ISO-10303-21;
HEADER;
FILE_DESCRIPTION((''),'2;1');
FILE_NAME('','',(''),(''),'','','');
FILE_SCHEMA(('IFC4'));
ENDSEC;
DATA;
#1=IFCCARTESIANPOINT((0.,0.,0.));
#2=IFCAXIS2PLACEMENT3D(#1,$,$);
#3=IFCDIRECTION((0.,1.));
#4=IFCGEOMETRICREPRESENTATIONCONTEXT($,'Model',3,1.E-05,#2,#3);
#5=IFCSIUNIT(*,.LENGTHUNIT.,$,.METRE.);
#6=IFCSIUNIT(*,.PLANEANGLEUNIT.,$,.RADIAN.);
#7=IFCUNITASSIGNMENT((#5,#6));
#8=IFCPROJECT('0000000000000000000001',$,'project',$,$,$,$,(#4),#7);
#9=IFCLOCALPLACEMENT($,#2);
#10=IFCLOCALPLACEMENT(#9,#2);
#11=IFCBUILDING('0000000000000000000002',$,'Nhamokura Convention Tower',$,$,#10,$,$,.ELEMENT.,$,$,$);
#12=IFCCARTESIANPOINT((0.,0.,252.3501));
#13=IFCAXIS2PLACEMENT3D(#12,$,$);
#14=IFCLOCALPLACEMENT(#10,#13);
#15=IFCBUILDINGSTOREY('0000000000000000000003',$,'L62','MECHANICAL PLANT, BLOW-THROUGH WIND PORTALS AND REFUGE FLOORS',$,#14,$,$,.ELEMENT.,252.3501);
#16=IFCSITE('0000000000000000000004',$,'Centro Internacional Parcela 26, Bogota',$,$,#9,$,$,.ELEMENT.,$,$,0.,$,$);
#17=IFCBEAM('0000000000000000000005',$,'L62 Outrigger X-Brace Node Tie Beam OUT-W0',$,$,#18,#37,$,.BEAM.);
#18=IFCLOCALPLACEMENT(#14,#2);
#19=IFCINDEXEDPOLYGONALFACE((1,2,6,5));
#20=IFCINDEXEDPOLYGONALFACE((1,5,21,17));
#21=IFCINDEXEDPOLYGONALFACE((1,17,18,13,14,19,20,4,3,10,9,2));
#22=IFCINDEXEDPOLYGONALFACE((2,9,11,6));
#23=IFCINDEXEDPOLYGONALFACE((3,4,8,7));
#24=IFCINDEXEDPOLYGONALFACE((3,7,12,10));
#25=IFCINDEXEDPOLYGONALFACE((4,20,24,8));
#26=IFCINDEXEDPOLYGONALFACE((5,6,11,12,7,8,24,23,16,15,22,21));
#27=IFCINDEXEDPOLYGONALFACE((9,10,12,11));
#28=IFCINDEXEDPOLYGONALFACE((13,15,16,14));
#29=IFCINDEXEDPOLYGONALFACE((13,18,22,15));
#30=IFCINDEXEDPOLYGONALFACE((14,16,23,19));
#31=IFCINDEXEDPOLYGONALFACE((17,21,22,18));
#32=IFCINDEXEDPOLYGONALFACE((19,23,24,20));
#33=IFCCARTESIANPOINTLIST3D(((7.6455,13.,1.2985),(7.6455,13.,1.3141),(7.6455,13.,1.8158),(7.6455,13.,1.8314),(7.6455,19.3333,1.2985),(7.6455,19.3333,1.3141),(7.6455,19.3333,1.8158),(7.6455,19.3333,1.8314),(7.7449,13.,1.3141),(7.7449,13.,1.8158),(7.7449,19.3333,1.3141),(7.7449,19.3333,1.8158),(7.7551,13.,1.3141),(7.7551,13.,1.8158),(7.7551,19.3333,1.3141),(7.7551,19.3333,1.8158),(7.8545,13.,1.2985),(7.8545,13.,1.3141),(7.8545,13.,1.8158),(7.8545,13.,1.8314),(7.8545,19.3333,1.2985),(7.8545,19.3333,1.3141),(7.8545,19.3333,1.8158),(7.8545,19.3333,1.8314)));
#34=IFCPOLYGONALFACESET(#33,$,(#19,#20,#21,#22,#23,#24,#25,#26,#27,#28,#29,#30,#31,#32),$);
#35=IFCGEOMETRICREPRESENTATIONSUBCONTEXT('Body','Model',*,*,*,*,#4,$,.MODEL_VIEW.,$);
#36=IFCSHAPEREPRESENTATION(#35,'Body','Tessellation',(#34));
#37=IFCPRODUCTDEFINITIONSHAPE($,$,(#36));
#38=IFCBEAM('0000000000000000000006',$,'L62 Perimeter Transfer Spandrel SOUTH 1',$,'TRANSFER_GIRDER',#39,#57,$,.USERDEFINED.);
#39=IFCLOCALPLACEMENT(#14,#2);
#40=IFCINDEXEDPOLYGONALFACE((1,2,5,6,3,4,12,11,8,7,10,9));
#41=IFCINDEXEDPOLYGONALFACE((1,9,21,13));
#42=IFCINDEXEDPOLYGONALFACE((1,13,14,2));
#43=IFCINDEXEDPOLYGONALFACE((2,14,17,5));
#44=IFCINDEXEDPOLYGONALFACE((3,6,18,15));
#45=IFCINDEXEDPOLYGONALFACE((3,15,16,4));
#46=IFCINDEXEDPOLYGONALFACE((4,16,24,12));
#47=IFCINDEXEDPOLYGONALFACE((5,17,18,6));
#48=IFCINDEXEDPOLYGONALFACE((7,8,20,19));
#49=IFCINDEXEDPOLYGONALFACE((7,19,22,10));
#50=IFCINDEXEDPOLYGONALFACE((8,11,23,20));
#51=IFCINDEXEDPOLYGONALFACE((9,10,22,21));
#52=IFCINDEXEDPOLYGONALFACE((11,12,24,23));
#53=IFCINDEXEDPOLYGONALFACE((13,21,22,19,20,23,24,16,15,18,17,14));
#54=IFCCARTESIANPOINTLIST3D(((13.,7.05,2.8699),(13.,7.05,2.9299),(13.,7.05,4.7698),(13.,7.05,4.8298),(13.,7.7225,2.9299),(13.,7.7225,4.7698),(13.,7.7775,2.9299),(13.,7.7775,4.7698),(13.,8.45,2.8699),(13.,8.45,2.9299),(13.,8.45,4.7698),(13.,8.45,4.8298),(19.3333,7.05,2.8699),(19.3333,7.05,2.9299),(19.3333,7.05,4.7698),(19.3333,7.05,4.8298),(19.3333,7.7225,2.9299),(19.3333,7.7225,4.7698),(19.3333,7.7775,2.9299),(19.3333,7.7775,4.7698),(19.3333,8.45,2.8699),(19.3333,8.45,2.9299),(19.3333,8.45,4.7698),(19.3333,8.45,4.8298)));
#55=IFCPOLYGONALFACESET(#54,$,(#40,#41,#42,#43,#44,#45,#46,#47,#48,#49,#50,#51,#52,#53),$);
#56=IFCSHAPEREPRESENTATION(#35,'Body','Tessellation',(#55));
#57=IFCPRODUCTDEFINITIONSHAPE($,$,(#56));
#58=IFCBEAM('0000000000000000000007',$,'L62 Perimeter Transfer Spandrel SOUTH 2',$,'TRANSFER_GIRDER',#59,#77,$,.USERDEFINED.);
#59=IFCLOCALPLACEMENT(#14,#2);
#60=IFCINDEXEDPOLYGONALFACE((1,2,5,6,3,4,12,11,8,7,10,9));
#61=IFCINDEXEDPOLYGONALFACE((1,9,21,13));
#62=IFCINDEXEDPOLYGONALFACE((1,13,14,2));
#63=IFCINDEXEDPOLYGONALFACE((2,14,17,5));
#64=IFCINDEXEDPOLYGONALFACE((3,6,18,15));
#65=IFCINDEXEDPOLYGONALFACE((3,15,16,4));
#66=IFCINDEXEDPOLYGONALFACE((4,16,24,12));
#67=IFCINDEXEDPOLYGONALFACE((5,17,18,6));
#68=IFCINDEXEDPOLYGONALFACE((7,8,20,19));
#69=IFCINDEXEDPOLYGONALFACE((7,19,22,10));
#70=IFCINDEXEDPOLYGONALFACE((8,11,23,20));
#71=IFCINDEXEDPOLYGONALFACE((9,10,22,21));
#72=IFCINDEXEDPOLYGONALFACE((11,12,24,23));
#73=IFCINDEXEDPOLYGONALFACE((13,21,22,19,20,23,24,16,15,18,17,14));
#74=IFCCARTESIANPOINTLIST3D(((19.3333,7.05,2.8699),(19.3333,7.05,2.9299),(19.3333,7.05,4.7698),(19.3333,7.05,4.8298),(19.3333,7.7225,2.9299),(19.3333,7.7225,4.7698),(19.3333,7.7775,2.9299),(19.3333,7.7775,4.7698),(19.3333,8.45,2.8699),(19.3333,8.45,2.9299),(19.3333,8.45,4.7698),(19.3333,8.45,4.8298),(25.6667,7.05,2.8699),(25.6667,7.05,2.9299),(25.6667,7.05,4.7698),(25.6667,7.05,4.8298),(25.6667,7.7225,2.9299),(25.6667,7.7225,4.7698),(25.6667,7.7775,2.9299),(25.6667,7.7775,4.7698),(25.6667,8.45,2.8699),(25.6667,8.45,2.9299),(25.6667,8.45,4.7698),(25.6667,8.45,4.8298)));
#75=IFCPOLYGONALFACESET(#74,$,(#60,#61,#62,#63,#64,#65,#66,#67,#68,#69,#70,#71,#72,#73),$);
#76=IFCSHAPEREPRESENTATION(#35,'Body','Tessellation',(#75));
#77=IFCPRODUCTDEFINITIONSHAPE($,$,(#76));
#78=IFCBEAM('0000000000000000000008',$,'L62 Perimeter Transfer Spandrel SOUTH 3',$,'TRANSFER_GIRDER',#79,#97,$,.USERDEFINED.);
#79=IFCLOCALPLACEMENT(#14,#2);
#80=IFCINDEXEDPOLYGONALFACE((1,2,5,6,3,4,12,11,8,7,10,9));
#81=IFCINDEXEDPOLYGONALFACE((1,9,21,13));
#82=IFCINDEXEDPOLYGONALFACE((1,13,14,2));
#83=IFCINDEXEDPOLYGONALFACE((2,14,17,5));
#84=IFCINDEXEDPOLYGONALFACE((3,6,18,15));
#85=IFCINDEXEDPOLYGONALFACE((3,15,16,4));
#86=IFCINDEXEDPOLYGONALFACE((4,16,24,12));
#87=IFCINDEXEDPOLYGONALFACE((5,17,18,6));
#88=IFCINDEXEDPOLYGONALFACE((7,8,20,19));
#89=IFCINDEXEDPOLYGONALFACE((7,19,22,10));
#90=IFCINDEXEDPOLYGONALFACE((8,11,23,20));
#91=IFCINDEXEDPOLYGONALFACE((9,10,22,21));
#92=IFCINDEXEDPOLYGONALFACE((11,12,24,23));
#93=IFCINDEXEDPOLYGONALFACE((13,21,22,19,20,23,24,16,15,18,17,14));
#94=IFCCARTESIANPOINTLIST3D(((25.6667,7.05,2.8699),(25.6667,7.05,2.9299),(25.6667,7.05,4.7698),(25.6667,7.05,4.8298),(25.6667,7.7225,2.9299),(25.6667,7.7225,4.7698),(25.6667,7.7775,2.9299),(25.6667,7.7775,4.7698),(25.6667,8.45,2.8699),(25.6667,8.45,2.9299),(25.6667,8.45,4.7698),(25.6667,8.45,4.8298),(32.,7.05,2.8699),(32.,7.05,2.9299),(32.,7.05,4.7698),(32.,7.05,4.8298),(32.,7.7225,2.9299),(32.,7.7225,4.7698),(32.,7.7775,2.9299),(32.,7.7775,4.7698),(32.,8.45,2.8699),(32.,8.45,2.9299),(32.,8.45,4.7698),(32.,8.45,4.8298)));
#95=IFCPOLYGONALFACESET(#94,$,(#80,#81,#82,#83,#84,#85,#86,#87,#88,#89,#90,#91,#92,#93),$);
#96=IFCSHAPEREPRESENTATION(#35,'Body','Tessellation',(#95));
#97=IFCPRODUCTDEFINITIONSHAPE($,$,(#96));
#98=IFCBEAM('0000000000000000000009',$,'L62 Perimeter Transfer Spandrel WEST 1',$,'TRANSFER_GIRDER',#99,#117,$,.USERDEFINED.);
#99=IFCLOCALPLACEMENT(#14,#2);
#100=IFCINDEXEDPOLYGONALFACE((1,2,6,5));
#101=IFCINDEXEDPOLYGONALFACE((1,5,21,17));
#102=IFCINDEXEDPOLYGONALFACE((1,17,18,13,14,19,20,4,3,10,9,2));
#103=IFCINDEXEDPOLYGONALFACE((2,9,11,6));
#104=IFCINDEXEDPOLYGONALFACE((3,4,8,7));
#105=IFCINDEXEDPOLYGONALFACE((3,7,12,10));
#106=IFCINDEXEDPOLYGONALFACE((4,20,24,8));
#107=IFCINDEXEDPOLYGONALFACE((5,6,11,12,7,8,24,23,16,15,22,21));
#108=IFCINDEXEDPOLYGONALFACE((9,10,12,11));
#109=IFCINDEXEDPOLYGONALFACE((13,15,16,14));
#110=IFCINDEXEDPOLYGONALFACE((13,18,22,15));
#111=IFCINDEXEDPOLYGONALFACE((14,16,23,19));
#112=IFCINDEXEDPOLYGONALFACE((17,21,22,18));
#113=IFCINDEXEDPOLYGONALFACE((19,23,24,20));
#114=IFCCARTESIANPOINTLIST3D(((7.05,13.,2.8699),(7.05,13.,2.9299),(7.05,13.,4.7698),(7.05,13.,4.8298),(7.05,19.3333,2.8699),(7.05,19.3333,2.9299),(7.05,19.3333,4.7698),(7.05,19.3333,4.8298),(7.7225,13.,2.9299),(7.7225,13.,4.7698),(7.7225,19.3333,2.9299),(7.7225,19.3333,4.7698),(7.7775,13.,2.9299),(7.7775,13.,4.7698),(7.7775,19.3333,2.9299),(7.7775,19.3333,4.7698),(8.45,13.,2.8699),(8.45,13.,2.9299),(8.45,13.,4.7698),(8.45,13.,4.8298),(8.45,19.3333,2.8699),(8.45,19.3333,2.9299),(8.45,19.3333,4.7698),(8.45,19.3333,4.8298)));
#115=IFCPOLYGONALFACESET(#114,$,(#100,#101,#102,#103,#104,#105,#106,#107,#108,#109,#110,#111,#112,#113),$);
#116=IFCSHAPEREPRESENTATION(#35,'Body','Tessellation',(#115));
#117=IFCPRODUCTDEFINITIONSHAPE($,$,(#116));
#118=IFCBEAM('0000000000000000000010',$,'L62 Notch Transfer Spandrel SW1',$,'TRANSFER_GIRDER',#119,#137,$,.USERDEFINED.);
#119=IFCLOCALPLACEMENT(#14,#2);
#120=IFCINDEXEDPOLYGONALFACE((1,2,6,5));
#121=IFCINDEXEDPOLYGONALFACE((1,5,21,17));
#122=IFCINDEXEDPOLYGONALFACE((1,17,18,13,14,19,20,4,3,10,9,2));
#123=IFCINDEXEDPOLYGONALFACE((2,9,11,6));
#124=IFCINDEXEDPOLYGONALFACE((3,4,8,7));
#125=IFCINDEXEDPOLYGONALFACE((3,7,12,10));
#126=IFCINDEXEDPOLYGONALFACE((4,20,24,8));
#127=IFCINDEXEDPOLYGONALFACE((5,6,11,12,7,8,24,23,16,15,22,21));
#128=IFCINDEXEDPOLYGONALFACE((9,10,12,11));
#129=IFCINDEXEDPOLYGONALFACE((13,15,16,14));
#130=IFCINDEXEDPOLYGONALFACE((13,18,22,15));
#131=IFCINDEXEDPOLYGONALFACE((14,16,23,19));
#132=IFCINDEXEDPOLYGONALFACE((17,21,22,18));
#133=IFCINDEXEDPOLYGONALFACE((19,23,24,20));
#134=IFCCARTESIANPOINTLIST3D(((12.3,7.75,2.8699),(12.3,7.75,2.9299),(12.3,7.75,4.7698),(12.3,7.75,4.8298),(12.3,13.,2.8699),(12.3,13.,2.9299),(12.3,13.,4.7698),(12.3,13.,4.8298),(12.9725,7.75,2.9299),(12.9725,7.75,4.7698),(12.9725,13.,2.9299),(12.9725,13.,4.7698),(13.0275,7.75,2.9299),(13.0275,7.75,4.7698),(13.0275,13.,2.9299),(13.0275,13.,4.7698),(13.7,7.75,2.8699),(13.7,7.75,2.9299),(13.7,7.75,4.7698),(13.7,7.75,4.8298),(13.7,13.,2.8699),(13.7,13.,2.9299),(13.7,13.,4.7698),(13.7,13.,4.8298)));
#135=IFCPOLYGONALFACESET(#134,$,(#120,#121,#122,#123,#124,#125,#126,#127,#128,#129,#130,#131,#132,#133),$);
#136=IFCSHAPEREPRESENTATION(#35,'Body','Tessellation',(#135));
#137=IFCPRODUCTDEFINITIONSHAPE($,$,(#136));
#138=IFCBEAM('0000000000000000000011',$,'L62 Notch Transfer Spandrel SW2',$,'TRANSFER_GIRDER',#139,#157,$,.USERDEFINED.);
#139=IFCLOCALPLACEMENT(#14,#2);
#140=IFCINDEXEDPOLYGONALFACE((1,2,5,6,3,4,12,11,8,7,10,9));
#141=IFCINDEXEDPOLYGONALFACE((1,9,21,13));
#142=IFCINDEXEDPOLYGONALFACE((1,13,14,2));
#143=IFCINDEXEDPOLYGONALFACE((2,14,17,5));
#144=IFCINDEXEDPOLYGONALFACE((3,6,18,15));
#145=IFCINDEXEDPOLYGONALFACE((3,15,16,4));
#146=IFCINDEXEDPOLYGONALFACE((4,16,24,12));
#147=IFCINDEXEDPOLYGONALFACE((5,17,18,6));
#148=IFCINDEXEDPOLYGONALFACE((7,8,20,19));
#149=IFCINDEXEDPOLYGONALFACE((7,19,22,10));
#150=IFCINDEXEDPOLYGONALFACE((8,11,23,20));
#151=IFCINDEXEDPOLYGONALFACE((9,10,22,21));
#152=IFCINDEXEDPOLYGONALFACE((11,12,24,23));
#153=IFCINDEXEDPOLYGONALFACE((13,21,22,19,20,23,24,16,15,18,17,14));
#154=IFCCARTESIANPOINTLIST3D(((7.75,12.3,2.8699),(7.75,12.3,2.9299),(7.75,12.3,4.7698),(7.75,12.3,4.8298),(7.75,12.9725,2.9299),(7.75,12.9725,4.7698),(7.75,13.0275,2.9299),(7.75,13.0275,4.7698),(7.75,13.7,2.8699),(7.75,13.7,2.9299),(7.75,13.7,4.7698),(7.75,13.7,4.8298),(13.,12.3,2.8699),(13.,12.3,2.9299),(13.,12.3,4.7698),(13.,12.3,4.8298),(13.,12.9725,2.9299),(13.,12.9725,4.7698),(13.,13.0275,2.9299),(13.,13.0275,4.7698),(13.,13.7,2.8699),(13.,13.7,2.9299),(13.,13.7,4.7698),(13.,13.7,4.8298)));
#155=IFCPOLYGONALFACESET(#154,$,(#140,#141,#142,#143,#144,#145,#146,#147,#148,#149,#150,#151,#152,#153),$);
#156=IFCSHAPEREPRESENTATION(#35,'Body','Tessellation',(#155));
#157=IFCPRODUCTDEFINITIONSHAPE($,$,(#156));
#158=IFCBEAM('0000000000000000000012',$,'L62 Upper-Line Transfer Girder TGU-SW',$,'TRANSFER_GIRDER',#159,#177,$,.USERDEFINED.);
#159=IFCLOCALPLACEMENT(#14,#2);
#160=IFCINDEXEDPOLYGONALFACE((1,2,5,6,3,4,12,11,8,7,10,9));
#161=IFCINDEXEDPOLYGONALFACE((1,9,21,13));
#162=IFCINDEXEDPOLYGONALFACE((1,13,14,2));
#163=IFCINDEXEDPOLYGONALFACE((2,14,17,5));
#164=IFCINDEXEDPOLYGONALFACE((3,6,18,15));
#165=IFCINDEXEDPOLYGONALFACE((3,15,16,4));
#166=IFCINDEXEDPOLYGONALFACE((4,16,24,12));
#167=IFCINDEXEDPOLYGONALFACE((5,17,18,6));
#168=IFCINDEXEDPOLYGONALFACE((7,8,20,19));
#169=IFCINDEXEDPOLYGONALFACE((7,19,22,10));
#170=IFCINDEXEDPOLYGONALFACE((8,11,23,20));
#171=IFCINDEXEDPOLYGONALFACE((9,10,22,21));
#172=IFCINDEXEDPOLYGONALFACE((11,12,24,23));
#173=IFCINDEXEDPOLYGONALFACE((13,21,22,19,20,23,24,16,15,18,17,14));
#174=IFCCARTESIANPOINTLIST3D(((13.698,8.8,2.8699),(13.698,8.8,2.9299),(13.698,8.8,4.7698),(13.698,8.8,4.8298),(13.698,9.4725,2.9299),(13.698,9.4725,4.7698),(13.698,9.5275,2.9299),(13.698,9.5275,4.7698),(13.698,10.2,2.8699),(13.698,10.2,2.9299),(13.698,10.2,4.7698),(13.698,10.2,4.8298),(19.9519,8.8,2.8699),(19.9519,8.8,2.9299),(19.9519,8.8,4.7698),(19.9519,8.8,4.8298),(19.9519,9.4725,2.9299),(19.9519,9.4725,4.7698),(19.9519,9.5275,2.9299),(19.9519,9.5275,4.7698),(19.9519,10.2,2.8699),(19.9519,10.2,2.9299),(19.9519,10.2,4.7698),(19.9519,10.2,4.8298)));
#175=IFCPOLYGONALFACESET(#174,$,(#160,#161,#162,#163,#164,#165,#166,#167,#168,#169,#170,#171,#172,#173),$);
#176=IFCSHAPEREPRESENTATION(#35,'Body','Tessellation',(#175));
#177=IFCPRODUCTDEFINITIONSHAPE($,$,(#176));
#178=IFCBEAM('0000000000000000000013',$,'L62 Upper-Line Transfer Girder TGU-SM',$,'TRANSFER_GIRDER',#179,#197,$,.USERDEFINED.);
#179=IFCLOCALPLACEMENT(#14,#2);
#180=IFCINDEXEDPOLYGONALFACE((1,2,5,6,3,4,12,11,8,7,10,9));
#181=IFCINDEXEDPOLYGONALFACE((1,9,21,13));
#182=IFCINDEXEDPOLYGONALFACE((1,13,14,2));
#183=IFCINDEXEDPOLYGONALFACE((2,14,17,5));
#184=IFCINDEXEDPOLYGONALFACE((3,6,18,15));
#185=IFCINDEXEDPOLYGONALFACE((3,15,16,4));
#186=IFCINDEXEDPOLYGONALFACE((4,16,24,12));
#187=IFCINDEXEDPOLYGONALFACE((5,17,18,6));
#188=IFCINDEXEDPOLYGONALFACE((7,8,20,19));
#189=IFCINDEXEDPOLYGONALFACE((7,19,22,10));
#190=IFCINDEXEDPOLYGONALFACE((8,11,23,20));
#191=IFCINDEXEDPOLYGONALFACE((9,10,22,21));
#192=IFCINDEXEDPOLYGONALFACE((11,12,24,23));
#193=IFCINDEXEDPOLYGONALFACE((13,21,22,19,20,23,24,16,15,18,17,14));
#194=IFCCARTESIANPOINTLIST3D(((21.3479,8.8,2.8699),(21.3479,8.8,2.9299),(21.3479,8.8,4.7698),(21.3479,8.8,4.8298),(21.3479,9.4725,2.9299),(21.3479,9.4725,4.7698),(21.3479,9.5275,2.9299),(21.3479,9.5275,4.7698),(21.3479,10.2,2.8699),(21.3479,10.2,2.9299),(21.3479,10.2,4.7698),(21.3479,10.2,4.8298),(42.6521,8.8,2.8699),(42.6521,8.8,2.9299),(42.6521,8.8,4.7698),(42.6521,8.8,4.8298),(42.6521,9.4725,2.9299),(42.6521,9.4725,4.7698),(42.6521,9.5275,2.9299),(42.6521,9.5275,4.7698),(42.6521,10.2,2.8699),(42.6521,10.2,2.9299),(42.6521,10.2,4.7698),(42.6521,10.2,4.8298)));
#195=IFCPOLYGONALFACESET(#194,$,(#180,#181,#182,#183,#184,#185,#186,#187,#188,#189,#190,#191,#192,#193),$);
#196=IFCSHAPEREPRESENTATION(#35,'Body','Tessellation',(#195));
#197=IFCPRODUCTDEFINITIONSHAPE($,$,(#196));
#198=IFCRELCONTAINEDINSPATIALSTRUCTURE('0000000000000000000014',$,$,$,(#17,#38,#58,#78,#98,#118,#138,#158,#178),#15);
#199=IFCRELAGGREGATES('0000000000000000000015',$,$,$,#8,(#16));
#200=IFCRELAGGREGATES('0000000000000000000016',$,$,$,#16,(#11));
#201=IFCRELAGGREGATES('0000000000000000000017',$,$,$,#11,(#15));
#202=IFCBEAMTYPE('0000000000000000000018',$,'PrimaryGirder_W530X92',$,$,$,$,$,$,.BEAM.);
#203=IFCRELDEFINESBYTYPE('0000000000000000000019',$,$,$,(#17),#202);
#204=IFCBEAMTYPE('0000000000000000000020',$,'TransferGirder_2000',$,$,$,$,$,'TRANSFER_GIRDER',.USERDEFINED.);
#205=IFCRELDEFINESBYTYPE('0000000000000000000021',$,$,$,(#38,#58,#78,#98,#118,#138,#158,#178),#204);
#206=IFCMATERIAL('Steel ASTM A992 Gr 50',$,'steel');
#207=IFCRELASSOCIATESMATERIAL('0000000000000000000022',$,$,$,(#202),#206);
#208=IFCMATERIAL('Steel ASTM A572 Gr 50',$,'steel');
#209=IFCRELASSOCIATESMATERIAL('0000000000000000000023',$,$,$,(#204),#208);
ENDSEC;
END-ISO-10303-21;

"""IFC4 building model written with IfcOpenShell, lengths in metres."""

from ifc_helpers import new_model, si_unit, direction, frame, origin, origin_2d, place, context, subcontext, project, spatial, i_section, extrude, material, material_profile, profile_set, type_object, element, save


model = new_model("IFC4")

# Units and contexts
model_context = context("Model", 3, precision=1e-05, world=origin(), true_north=direction((0.0, 1.0)))
body_context = subcontext(model_context, "Body", "Model", "MODEL_VIEW")
ifc_project = project(units=[si_unit("LENGTHUNIT", "METRE"), si_unit("PLANEANGLEUNIT", "RADIAN")], contexts=[model_context])

# Site, building, storey
site_placement = place(None, origin())
site = spatial("IfcSite", under=ifc_project, at=site_placement, Name="Centro Internacional Parcela 26, Bogota", CompositionType="ELEMENT", RefElevation=0.0)
building_placement = place(site_placement, origin())
building = spatial("IfcBuilding", under=site, at=building_placement, Name="Nhamokura Convention Tower", CompositionType="ELEMENT")
storey_placement = place(building_placement, frame((0.0, 0.0, 252.3501)))
storey = spatial("IfcBuildingStorey", under=building, at=storey_placement, Name="L62", Description="MECHANICAL PLANT, BLOW-THROUGH WIND PORTALS AND REFUGE FLOORS", CompositionType="ELEMENT", Elevation=252.3501)

# Beams
ifc_material_1 = material(Name="Steel ASTM A992 Gr 50", Category="steel")
ifc_material_profile_1 = material_profile(ifc_material_1, i_section(OverallWidth=0.209, OverallDepth=0.533, WebThickness=0.0103, FlangeThickness=0.0156, at=origin_2d()))
ifc_profile_set_1 = profile_set([ifc_material_profile_1], Name="Steel ASTM A992 Gr 50")
beam_type_1 = type_object("IfcBeamType", Name="PrimaryGirder_W530X92", PredefinedType="BEAM", material=ifc_profile_set_1)
for number, where, z_axis, x_axis, name in (
    (1, (7.75, 13.0, 1.5649), (0.0, 1.0, 0.0), (-1.0, 0.0, 0.0), "L62 Outrigger X-Brace Node Tie Beam OUT-W0"),
):
    element("IfcBeam", number, at=place(storey_placement, frame(where, z_axis=z_axis, x_axis=x_axis)), inside=storey, type_object=beam_type_1, Name=name, PredefinedType="BEAM", context=body_context, shape_type="SweptSolid", body=[
        extrude(i_section(OverallWidth=0.209, OverallDepth=0.533, WebThickness=0.0103, FlangeThickness=0.0156, at=origin_2d()), origin(), (0.0, 0.0, 1.0), 6.3333),
    ])
ifc_material_2 = material(Name="Steel ASTM A572 Gr 50", Category="steel")
ifc_material_profile_2 = material_profile(ifc_material_2, i_section(OverallWidth=1.3999, OverallDepth=1.96, WebThickness=0.0549, FlangeThickness=0.0601, at=origin_2d()))
ifc_profile_set_2 = profile_set([ifc_material_profile_2], Name="Steel ASTM A572 Gr 50")
beam_type_2 = type_object("IfcBeamType", Name="TransferGirder_2000", ElementType="TRANSFER_GIRDER", PredefinedType="USERDEFINED", material=ifc_profile_set_2)
beam_1_placement = place(storey_placement, frame((13.0, 7.75, 3.8499), z_axis=(1.0, 0.0, 0.0), x_axis=(0.0, 1.0, 0.0)))
element("IfcBeam", 2, at=beam_1_placement, inside=storey, type_object=beam_type_2, Name="L62 Perimeter Transfer Spandrel SOUTH 1", ObjectType="TRANSFER_GIRDER", PredefinedType="USERDEFINED", context=body_context, shape_type="SweptSolid", body=[
    extrude(i_section(OverallWidth=1.3999, OverallDepth=1.96, WebThickness=0.0549, FlangeThickness=0.0601, at=origin_2d()), origin(), (0.0, 0.0, 1.0), 6.3333),
])
beam_2_placement = place(storey_placement, frame((19.3333, 7.75, 3.8499), z_axis=(1.0, 0.0, 0.0), x_axis=(0.0, 1.0, 0.0)))
element("IfcBeam", 3, at=beam_2_placement, inside=storey, type_object=beam_type_2, Name="L62 Perimeter Transfer Spandrel SOUTH 2", ObjectType="TRANSFER_GIRDER", PredefinedType="USERDEFINED", context=body_context, shape_type="SweptSolid", body=[
    extrude(i_section(OverallWidth=1.3999, OverallDepth=1.96, WebThickness=0.0549, FlangeThickness=0.0601, at=origin_2d()), origin(), (0.0, 0.0, 1.0), 6.3335),
])
for number, where, z_axis, x_axis, name in (
    (4, (25.6667, 7.75, 3.8499), (1.0, 0.0, 0.0), (0.0, 1.0, 0.0), "L62 Perimeter Transfer Spandrel SOUTH 3"),
    (5, (7.75, 13.0, 3.8499), (0.0, 1.0, 0.0), (-1.0, 0.0, 0.0), "L62 Perimeter Transfer Spandrel WEST 1"),
):
    element("IfcBeam", number, at=place(storey_placement, frame(where, z_axis=z_axis, x_axis=x_axis)), inside=storey, type_object=beam_type_2, Name=name, ObjectType="TRANSFER_GIRDER", PredefinedType="USERDEFINED", context=body_context, shape_type="SweptSolid", body=[
        extrude(i_section(OverallWidth=1.3999, OverallDepth=1.96, WebThickness=0.0549, FlangeThickness=0.0601, at=origin_2d()), origin(), (0.0, 0.0, 1.0), 6.3333),
    ])
for number, where, z_axis, x_axis, name in (
    (6, (13.0, 7.75, 3.8499), (0.0, 1.0, 0.0), (-1.0, 0.0, 0.0), "L62 Notch Transfer Spandrel SW1"),
    (7, (13.0, 13.0, 3.8499), (-1.0, 0.0, 0.0), (0.0, -1.0, 0.0), "L62 Notch Transfer Spandrel SW2"),
):
    element("IfcBeam", number, at=place(storey_placement, frame(where, z_axis=z_axis, x_axis=x_axis)), inside=storey, type_object=beam_type_2, Name=name, ObjectType="TRANSFER_GIRDER", PredefinedType="USERDEFINED", context=body_context, shape_type="SweptSolid", body=[
        extrude(i_section(OverallWidth=1.3999, OverallDepth=1.96, WebThickness=0.0549, FlangeThickness=0.0601, at=origin_2d()), origin(), (0.0, 0.0, 1.0), 5.25),
    ])
beam_3_placement = place(storey_placement, frame((13.698, 9.5, 3.8499), z_axis=(1.0, 0.0, 0.0), x_axis=(0.0, 1.0, 0.0)))
element("IfcBeam", 8, at=beam_3_placement, inside=storey, type_object=beam_type_2, Name="L62 Upper-Line Transfer Girder TGU-SW", ObjectType="TRANSFER_GIRDER", PredefinedType="USERDEFINED", context=body_context, shape_type="SweptSolid", body=[
    extrude(i_section(OverallWidth=1.3999, OverallDepth=1.96, WebThickness=0.0549, FlangeThickness=0.0601, at=origin_2d()), origin(), (0.0, 0.0, 1.0), 6.2539),
])
beam_4_placement = place(storey_placement, frame((21.3479, 9.5, 3.8499), z_axis=(1.0, 0.0, 0.0), x_axis=(0.0, 1.0, 0.0)))
element("IfcBeam", 9, at=beam_4_placement, inside=storey, type_object=beam_type_2, Name="L62 Upper-Line Transfer Girder TGU-SM", ObjectType="TRANSFER_GIRDER", PredefinedType="USERDEFINED", context=body_context, shape_type="SweptSolid", body=[
    extrude(i_section(OverallWidth=1.3999, OverallDepth=1.96, WebThickness=0.0549, FlangeThickness=0.0601, at=origin_2d()), origin(), (0.0, 0.0, 1.0), 21.3042),
])

save(model, "model.ifc")
